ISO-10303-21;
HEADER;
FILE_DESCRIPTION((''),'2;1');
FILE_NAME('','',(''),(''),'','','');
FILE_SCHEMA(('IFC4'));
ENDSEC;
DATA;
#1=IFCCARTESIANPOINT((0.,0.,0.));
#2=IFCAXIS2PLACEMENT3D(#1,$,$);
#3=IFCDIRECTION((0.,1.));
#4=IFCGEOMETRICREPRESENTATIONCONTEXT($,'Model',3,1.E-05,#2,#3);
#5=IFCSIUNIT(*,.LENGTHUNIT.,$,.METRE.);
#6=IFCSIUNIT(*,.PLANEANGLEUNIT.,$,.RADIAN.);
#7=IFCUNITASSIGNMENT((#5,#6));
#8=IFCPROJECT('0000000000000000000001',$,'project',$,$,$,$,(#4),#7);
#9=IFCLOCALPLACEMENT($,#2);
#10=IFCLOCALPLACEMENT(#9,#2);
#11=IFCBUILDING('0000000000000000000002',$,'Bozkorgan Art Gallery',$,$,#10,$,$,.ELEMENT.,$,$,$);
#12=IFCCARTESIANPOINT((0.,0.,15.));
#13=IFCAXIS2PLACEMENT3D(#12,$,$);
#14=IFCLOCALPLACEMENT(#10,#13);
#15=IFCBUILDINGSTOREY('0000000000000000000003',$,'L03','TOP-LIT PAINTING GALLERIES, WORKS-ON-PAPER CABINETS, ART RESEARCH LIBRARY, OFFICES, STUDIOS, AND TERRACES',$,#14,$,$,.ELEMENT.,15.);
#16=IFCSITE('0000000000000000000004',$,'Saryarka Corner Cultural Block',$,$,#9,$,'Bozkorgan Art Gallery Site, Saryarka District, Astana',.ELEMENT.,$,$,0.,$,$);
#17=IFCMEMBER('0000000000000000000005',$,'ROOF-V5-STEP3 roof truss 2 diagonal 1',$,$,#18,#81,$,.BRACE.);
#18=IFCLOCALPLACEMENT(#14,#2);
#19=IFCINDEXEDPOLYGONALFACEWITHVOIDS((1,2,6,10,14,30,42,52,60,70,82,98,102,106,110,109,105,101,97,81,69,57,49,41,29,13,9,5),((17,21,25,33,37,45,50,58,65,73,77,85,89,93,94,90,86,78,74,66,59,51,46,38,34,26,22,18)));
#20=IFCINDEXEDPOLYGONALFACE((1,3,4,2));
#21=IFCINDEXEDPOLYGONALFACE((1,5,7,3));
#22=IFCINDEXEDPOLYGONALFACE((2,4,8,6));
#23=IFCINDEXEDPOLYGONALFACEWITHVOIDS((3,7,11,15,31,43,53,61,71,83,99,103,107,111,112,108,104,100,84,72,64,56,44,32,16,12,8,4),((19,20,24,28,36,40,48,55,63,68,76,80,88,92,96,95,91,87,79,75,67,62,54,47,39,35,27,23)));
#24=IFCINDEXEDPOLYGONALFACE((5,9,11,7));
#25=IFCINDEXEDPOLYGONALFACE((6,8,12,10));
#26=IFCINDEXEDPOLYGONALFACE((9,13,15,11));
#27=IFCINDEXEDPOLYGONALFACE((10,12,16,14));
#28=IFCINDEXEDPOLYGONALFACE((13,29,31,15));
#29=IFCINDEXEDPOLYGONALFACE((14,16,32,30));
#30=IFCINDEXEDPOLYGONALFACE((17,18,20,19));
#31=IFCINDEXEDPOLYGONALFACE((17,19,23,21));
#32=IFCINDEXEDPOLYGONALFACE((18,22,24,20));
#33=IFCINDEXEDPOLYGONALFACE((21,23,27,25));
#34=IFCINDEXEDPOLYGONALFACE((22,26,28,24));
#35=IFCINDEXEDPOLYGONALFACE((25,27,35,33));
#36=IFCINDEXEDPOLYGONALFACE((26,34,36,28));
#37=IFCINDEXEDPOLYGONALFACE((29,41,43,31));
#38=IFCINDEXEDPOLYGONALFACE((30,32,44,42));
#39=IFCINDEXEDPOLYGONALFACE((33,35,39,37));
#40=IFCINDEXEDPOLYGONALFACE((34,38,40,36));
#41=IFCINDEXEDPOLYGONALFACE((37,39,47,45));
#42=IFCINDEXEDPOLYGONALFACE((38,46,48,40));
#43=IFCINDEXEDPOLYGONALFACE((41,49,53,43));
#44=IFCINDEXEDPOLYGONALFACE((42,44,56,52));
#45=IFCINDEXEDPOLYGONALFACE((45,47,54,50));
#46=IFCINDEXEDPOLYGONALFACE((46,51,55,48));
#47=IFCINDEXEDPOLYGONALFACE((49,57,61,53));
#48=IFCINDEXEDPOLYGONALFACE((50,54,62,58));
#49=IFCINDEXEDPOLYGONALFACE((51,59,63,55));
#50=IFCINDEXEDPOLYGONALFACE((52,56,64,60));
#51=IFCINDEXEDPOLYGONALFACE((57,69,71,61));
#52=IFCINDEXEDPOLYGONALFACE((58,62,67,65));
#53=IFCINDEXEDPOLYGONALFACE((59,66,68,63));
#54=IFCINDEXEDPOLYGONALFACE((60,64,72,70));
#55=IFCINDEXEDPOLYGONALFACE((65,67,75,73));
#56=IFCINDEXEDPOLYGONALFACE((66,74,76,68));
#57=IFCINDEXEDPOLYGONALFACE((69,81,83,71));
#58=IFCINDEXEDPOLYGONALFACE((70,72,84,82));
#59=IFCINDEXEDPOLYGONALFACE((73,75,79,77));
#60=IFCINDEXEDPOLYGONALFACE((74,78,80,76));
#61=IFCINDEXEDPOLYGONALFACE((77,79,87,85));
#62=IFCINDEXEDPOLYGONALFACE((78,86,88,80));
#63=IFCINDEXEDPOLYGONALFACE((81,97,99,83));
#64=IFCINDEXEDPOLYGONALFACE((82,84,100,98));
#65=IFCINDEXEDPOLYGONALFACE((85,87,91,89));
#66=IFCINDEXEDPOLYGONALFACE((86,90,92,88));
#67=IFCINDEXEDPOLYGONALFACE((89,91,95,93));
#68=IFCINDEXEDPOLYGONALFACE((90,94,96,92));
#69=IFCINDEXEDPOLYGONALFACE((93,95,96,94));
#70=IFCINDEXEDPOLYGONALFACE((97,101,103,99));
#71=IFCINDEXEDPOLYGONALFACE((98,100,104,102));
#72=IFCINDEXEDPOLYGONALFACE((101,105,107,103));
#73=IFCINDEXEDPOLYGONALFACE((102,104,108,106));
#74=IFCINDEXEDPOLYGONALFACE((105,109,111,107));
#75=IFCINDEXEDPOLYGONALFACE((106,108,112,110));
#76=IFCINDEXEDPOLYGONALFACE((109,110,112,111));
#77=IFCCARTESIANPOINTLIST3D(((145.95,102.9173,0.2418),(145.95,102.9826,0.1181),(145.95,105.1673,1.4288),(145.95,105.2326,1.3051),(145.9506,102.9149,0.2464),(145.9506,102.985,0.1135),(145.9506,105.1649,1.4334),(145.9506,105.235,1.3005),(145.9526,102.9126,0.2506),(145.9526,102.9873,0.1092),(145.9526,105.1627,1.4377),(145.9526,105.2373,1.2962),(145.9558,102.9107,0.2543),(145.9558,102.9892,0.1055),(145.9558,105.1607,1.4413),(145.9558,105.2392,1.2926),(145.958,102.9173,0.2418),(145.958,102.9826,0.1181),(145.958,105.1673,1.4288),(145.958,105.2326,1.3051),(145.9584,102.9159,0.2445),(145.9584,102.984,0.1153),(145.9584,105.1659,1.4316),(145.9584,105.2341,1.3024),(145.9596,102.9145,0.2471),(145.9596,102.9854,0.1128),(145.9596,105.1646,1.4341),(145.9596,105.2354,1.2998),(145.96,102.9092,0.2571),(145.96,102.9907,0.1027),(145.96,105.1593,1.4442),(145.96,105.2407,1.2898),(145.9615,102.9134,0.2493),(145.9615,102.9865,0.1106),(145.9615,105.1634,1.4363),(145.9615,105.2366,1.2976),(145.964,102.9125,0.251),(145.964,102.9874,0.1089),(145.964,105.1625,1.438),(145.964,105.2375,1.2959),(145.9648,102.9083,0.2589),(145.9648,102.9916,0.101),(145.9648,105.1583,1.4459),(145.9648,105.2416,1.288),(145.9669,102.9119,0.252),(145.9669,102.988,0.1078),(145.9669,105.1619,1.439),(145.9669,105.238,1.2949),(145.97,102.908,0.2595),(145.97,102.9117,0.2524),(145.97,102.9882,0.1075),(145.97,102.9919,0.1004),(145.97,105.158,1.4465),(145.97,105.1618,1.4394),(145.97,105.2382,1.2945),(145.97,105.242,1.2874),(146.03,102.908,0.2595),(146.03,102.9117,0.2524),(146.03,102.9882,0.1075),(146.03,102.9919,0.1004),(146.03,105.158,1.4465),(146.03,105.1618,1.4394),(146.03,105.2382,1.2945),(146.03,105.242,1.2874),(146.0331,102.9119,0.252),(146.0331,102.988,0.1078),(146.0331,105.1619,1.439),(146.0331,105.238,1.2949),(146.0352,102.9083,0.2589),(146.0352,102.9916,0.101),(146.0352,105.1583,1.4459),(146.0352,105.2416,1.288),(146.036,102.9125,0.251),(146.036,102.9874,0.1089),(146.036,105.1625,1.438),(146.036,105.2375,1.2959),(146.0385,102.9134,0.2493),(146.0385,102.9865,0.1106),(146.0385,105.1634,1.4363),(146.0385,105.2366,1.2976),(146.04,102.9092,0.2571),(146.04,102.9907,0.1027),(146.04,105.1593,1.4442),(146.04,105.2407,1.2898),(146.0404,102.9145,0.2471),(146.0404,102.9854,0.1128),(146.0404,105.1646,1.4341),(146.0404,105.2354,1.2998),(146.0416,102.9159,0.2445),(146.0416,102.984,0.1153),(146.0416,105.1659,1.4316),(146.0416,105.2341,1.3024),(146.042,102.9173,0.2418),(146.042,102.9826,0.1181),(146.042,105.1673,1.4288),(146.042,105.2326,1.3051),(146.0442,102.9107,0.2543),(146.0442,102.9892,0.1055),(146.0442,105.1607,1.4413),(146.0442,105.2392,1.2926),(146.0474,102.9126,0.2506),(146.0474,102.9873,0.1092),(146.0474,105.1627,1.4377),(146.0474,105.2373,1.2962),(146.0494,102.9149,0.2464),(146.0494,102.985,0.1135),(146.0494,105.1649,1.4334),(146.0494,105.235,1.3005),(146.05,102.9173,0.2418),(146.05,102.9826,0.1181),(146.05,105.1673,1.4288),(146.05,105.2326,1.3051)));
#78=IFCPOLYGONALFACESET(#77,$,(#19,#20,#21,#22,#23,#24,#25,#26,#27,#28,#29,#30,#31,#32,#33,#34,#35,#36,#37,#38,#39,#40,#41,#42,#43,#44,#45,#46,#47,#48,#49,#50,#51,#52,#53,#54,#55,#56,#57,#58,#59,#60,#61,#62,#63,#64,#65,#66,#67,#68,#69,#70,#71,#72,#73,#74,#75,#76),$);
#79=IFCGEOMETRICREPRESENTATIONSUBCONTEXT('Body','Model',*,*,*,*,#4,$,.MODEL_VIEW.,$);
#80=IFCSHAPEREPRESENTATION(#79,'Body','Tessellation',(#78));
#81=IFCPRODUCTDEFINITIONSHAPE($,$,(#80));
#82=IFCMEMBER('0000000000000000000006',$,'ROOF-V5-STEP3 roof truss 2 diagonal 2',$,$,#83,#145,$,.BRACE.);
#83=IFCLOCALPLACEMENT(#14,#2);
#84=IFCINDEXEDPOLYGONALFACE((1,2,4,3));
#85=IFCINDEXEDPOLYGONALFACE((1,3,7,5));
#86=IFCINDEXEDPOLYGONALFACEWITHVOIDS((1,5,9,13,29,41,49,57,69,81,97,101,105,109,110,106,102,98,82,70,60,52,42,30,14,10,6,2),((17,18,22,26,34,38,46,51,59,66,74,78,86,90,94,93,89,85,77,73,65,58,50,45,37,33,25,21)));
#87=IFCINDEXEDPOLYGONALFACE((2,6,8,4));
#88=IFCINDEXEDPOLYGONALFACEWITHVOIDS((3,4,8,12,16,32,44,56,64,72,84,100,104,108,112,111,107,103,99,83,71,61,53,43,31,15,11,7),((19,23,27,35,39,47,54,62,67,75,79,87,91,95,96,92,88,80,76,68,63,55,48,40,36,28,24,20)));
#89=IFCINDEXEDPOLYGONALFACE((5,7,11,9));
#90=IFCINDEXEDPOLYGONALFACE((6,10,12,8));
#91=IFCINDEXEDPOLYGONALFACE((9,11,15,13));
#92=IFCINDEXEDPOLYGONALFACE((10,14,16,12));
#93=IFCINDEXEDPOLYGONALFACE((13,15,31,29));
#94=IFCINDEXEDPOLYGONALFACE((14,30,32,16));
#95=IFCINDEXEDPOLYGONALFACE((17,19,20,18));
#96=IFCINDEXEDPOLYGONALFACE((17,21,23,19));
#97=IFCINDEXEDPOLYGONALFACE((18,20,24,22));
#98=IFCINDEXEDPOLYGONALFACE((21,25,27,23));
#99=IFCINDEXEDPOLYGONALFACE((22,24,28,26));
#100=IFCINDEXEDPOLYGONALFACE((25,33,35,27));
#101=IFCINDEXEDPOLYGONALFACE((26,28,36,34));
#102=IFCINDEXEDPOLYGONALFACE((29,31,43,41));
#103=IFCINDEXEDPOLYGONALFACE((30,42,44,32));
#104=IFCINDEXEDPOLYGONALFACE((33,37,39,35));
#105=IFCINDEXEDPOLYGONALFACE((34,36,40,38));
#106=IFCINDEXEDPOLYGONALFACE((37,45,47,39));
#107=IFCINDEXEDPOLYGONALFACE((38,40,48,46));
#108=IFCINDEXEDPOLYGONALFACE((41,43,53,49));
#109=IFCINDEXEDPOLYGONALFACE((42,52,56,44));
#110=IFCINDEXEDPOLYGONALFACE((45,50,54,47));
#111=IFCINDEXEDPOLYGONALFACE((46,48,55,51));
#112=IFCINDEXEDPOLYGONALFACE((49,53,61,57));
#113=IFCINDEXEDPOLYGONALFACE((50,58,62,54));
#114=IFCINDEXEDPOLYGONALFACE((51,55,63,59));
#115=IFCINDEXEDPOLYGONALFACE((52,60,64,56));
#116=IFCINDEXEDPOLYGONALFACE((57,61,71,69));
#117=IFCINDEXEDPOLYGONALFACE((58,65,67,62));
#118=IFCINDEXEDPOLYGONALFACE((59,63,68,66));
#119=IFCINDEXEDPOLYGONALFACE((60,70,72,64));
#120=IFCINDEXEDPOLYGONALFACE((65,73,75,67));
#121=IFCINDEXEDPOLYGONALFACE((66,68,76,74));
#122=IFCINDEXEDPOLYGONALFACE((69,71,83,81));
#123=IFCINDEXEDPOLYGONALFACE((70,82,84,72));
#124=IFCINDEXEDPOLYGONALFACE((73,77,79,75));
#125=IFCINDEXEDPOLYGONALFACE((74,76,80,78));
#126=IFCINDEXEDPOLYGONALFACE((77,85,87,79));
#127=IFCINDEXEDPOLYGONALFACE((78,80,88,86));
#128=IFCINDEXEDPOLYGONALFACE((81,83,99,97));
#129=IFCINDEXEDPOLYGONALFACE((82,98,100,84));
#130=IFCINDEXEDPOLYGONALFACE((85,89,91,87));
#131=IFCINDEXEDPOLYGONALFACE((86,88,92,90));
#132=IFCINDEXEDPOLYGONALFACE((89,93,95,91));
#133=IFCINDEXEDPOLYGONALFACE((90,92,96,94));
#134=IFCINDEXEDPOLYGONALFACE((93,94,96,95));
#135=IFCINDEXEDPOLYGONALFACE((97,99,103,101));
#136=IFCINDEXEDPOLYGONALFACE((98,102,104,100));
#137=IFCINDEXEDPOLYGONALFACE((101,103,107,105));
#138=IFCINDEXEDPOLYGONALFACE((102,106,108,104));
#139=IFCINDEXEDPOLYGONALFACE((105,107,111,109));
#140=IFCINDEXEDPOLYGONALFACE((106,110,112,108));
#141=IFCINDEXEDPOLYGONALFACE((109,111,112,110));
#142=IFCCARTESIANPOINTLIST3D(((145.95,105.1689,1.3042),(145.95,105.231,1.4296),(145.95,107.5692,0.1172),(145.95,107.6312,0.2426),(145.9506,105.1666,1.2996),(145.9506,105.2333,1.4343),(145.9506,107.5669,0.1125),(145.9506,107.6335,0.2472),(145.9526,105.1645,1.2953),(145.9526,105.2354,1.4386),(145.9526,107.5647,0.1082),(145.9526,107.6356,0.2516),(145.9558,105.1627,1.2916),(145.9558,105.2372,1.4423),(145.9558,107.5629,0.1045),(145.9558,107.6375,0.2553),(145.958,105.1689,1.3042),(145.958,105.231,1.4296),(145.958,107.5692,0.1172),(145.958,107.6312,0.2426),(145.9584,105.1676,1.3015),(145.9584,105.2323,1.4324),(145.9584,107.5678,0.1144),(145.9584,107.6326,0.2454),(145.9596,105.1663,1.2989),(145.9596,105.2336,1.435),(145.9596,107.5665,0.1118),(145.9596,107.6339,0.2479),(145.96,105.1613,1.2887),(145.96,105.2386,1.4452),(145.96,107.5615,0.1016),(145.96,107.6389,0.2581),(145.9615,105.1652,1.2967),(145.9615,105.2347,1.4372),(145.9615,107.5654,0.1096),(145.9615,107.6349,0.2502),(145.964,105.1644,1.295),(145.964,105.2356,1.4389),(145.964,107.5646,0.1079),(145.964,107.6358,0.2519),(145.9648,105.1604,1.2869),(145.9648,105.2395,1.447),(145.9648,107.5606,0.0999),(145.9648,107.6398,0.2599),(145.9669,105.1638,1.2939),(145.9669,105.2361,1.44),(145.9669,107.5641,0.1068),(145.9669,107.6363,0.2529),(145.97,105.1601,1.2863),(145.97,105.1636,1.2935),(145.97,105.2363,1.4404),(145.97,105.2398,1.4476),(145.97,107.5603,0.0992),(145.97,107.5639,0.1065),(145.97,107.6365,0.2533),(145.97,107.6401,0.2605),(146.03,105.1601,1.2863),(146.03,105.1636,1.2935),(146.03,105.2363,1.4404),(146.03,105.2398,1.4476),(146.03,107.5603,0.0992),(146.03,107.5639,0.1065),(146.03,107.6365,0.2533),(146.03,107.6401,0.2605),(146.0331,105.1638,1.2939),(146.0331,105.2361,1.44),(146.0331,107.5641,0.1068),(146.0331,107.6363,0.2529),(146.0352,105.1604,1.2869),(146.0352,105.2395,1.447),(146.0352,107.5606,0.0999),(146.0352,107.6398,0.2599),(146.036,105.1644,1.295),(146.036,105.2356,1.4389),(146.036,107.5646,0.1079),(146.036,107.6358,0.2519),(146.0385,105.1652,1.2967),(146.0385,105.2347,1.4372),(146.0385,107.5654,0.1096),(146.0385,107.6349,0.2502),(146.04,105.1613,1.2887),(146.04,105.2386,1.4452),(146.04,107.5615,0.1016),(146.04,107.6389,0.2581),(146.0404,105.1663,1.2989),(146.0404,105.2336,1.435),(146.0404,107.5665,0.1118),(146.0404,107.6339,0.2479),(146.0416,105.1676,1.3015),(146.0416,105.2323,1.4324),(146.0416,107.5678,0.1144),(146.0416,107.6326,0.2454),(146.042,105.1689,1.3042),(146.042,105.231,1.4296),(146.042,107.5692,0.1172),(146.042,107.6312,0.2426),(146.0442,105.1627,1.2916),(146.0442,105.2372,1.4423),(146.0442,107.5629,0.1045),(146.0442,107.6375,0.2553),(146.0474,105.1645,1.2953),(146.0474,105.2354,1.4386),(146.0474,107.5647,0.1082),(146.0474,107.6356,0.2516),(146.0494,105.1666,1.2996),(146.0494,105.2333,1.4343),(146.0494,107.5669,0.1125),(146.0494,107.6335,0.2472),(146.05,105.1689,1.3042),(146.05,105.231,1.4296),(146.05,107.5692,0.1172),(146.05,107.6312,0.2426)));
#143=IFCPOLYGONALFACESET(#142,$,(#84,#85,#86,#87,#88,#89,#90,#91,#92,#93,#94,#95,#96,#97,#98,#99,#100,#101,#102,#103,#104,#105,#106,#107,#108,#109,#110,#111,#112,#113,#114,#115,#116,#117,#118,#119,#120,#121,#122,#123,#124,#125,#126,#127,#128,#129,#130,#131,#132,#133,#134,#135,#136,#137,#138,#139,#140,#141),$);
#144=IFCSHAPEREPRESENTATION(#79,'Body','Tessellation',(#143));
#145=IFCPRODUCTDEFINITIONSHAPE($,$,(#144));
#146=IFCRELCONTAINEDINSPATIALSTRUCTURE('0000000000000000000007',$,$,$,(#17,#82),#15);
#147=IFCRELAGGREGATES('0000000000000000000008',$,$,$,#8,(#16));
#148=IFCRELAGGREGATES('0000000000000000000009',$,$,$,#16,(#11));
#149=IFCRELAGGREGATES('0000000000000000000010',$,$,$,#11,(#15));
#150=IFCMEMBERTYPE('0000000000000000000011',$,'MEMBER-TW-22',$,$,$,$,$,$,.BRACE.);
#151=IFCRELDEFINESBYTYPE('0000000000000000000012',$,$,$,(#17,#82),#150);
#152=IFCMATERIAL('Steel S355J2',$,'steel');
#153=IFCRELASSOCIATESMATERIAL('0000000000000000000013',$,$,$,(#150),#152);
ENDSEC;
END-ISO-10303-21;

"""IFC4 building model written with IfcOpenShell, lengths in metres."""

from ifc_helpers import new_model, si_unit, direction, frame, origin, origin_2d, place, context, subcontext, project, spatial, hollow_rectangle, extrude, material, material_profile, profile_set, type_object, element, save


model = new_model("IFC4")

# Units and contexts
model_context = context("Model", 3, precision=1e-05, world=origin(), true_north=direction((0.0, 1.0)))
body_context = subcontext(model_context, "Body", "Model", "MODEL_VIEW")
ifc_project = project(units=[si_unit("LENGTHUNIT", "METRE"), si_unit("PLANEANGLEUNIT", "RADIAN")], contexts=[model_context])

# Site, building, storey
site_placement = place(None, origin())
site = spatial("IfcSite", under=ifc_project, at=site_placement, Name="Saryarka Corner Cultural Block", LongName="Bozkorgan Art Gallery Site, Saryarka District, Astana", CompositionType="ELEMENT", RefElevation=0.0)
building_placement = place(site_placement, origin())
building = spatial("IfcBuilding", under=site, at=building_placement, Name="Bozkorgan Art Gallery", CompositionType="ELEMENT")
storey_placement = place(building_placement, frame((0.0, 0.0, 15.0)))
storey = spatial("IfcBuildingStorey", under=building, at=storey_placement, Name="L03", Description="TOP-LIT PAINTING GALLERIES, WORKS-ON-PAPER CABINETS, ART RESEARCH LIBRARY, OFFICES, STUDIOS, AND TERRACES", CompositionType="ELEMENT", Elevation=15.0)

# Shared definitions
ifc_material_1 = material(Name="Steel S355J2", Category="steel")

# Members
ifc_material_profile_1 = material_profile(ifc_material_1, hollow_rectangle(XDim=0.1001, YDim=0.1799, WallThickness=0.0081, InnerFilletRadius=0.012, OuterFilletRadius=0.02, at=origin_2d()), Name="RHS 180x100x8")
ifc_profile_set_1 = profile_set([ifc_material_profile_1], Name="Steel S355J2")
member_type_1 = type_object("IfcMemberType", Name="MEMBER-TW-22", PredefinedType="BRACE", material=ifc_profile_set_1)
member_1_placement = place(storey_placement, frame((146.0, 102.95, 0.1799), z_axis=(0.0, 0.884464, 0.466608), x_axis=(-1.0, 0.0, 0.0)))
element("IfcMember", 1, at=member_1_placement, inside=storey, type_object=member_type_1, Name="ROOF-V5-STEP3 roof truss 2 diagonal 1", PredefinedType="BRACE", context=body_context, shape_type="SweptSolid", body=[
    extrude(hollow_rectangle(XDim=0.1001, YDim=0.1799, WallThickness=0.0081, InnerFilletRadius=0.012, OuterFilletRadius=0.02, at=origin_2d()), origin(), (0.0, 0.0, 1.0), 2.5439),
])
member_2_placement = place(storey_placement, frame((146.0, 105.2, 1.3669), z_axis=(0.0, 0.89637, -0.443307), x_axis=(-1.0, 0.0, 0.0)))
element("IfcMember", 2, at=member_2_placement, inside=storey, type_object=member_type_1, Name="ROOF-V5-STEP3 roof truss 2 diagonal 2", PredefinedType="BRACE", context=body_context, shape_type="SweptSolid", body=[
    extrude(hollow_rectangle(XDim=0.1001, YDim=0.1799, WallThickness=0.0081, InnerFilletRadius=0.012, OuterFilletRadius=0.02, at=origin_2d()), origin(), (0.0, 0.0, 1.0), 2.6777),
])

save(model, "model.ifc")
